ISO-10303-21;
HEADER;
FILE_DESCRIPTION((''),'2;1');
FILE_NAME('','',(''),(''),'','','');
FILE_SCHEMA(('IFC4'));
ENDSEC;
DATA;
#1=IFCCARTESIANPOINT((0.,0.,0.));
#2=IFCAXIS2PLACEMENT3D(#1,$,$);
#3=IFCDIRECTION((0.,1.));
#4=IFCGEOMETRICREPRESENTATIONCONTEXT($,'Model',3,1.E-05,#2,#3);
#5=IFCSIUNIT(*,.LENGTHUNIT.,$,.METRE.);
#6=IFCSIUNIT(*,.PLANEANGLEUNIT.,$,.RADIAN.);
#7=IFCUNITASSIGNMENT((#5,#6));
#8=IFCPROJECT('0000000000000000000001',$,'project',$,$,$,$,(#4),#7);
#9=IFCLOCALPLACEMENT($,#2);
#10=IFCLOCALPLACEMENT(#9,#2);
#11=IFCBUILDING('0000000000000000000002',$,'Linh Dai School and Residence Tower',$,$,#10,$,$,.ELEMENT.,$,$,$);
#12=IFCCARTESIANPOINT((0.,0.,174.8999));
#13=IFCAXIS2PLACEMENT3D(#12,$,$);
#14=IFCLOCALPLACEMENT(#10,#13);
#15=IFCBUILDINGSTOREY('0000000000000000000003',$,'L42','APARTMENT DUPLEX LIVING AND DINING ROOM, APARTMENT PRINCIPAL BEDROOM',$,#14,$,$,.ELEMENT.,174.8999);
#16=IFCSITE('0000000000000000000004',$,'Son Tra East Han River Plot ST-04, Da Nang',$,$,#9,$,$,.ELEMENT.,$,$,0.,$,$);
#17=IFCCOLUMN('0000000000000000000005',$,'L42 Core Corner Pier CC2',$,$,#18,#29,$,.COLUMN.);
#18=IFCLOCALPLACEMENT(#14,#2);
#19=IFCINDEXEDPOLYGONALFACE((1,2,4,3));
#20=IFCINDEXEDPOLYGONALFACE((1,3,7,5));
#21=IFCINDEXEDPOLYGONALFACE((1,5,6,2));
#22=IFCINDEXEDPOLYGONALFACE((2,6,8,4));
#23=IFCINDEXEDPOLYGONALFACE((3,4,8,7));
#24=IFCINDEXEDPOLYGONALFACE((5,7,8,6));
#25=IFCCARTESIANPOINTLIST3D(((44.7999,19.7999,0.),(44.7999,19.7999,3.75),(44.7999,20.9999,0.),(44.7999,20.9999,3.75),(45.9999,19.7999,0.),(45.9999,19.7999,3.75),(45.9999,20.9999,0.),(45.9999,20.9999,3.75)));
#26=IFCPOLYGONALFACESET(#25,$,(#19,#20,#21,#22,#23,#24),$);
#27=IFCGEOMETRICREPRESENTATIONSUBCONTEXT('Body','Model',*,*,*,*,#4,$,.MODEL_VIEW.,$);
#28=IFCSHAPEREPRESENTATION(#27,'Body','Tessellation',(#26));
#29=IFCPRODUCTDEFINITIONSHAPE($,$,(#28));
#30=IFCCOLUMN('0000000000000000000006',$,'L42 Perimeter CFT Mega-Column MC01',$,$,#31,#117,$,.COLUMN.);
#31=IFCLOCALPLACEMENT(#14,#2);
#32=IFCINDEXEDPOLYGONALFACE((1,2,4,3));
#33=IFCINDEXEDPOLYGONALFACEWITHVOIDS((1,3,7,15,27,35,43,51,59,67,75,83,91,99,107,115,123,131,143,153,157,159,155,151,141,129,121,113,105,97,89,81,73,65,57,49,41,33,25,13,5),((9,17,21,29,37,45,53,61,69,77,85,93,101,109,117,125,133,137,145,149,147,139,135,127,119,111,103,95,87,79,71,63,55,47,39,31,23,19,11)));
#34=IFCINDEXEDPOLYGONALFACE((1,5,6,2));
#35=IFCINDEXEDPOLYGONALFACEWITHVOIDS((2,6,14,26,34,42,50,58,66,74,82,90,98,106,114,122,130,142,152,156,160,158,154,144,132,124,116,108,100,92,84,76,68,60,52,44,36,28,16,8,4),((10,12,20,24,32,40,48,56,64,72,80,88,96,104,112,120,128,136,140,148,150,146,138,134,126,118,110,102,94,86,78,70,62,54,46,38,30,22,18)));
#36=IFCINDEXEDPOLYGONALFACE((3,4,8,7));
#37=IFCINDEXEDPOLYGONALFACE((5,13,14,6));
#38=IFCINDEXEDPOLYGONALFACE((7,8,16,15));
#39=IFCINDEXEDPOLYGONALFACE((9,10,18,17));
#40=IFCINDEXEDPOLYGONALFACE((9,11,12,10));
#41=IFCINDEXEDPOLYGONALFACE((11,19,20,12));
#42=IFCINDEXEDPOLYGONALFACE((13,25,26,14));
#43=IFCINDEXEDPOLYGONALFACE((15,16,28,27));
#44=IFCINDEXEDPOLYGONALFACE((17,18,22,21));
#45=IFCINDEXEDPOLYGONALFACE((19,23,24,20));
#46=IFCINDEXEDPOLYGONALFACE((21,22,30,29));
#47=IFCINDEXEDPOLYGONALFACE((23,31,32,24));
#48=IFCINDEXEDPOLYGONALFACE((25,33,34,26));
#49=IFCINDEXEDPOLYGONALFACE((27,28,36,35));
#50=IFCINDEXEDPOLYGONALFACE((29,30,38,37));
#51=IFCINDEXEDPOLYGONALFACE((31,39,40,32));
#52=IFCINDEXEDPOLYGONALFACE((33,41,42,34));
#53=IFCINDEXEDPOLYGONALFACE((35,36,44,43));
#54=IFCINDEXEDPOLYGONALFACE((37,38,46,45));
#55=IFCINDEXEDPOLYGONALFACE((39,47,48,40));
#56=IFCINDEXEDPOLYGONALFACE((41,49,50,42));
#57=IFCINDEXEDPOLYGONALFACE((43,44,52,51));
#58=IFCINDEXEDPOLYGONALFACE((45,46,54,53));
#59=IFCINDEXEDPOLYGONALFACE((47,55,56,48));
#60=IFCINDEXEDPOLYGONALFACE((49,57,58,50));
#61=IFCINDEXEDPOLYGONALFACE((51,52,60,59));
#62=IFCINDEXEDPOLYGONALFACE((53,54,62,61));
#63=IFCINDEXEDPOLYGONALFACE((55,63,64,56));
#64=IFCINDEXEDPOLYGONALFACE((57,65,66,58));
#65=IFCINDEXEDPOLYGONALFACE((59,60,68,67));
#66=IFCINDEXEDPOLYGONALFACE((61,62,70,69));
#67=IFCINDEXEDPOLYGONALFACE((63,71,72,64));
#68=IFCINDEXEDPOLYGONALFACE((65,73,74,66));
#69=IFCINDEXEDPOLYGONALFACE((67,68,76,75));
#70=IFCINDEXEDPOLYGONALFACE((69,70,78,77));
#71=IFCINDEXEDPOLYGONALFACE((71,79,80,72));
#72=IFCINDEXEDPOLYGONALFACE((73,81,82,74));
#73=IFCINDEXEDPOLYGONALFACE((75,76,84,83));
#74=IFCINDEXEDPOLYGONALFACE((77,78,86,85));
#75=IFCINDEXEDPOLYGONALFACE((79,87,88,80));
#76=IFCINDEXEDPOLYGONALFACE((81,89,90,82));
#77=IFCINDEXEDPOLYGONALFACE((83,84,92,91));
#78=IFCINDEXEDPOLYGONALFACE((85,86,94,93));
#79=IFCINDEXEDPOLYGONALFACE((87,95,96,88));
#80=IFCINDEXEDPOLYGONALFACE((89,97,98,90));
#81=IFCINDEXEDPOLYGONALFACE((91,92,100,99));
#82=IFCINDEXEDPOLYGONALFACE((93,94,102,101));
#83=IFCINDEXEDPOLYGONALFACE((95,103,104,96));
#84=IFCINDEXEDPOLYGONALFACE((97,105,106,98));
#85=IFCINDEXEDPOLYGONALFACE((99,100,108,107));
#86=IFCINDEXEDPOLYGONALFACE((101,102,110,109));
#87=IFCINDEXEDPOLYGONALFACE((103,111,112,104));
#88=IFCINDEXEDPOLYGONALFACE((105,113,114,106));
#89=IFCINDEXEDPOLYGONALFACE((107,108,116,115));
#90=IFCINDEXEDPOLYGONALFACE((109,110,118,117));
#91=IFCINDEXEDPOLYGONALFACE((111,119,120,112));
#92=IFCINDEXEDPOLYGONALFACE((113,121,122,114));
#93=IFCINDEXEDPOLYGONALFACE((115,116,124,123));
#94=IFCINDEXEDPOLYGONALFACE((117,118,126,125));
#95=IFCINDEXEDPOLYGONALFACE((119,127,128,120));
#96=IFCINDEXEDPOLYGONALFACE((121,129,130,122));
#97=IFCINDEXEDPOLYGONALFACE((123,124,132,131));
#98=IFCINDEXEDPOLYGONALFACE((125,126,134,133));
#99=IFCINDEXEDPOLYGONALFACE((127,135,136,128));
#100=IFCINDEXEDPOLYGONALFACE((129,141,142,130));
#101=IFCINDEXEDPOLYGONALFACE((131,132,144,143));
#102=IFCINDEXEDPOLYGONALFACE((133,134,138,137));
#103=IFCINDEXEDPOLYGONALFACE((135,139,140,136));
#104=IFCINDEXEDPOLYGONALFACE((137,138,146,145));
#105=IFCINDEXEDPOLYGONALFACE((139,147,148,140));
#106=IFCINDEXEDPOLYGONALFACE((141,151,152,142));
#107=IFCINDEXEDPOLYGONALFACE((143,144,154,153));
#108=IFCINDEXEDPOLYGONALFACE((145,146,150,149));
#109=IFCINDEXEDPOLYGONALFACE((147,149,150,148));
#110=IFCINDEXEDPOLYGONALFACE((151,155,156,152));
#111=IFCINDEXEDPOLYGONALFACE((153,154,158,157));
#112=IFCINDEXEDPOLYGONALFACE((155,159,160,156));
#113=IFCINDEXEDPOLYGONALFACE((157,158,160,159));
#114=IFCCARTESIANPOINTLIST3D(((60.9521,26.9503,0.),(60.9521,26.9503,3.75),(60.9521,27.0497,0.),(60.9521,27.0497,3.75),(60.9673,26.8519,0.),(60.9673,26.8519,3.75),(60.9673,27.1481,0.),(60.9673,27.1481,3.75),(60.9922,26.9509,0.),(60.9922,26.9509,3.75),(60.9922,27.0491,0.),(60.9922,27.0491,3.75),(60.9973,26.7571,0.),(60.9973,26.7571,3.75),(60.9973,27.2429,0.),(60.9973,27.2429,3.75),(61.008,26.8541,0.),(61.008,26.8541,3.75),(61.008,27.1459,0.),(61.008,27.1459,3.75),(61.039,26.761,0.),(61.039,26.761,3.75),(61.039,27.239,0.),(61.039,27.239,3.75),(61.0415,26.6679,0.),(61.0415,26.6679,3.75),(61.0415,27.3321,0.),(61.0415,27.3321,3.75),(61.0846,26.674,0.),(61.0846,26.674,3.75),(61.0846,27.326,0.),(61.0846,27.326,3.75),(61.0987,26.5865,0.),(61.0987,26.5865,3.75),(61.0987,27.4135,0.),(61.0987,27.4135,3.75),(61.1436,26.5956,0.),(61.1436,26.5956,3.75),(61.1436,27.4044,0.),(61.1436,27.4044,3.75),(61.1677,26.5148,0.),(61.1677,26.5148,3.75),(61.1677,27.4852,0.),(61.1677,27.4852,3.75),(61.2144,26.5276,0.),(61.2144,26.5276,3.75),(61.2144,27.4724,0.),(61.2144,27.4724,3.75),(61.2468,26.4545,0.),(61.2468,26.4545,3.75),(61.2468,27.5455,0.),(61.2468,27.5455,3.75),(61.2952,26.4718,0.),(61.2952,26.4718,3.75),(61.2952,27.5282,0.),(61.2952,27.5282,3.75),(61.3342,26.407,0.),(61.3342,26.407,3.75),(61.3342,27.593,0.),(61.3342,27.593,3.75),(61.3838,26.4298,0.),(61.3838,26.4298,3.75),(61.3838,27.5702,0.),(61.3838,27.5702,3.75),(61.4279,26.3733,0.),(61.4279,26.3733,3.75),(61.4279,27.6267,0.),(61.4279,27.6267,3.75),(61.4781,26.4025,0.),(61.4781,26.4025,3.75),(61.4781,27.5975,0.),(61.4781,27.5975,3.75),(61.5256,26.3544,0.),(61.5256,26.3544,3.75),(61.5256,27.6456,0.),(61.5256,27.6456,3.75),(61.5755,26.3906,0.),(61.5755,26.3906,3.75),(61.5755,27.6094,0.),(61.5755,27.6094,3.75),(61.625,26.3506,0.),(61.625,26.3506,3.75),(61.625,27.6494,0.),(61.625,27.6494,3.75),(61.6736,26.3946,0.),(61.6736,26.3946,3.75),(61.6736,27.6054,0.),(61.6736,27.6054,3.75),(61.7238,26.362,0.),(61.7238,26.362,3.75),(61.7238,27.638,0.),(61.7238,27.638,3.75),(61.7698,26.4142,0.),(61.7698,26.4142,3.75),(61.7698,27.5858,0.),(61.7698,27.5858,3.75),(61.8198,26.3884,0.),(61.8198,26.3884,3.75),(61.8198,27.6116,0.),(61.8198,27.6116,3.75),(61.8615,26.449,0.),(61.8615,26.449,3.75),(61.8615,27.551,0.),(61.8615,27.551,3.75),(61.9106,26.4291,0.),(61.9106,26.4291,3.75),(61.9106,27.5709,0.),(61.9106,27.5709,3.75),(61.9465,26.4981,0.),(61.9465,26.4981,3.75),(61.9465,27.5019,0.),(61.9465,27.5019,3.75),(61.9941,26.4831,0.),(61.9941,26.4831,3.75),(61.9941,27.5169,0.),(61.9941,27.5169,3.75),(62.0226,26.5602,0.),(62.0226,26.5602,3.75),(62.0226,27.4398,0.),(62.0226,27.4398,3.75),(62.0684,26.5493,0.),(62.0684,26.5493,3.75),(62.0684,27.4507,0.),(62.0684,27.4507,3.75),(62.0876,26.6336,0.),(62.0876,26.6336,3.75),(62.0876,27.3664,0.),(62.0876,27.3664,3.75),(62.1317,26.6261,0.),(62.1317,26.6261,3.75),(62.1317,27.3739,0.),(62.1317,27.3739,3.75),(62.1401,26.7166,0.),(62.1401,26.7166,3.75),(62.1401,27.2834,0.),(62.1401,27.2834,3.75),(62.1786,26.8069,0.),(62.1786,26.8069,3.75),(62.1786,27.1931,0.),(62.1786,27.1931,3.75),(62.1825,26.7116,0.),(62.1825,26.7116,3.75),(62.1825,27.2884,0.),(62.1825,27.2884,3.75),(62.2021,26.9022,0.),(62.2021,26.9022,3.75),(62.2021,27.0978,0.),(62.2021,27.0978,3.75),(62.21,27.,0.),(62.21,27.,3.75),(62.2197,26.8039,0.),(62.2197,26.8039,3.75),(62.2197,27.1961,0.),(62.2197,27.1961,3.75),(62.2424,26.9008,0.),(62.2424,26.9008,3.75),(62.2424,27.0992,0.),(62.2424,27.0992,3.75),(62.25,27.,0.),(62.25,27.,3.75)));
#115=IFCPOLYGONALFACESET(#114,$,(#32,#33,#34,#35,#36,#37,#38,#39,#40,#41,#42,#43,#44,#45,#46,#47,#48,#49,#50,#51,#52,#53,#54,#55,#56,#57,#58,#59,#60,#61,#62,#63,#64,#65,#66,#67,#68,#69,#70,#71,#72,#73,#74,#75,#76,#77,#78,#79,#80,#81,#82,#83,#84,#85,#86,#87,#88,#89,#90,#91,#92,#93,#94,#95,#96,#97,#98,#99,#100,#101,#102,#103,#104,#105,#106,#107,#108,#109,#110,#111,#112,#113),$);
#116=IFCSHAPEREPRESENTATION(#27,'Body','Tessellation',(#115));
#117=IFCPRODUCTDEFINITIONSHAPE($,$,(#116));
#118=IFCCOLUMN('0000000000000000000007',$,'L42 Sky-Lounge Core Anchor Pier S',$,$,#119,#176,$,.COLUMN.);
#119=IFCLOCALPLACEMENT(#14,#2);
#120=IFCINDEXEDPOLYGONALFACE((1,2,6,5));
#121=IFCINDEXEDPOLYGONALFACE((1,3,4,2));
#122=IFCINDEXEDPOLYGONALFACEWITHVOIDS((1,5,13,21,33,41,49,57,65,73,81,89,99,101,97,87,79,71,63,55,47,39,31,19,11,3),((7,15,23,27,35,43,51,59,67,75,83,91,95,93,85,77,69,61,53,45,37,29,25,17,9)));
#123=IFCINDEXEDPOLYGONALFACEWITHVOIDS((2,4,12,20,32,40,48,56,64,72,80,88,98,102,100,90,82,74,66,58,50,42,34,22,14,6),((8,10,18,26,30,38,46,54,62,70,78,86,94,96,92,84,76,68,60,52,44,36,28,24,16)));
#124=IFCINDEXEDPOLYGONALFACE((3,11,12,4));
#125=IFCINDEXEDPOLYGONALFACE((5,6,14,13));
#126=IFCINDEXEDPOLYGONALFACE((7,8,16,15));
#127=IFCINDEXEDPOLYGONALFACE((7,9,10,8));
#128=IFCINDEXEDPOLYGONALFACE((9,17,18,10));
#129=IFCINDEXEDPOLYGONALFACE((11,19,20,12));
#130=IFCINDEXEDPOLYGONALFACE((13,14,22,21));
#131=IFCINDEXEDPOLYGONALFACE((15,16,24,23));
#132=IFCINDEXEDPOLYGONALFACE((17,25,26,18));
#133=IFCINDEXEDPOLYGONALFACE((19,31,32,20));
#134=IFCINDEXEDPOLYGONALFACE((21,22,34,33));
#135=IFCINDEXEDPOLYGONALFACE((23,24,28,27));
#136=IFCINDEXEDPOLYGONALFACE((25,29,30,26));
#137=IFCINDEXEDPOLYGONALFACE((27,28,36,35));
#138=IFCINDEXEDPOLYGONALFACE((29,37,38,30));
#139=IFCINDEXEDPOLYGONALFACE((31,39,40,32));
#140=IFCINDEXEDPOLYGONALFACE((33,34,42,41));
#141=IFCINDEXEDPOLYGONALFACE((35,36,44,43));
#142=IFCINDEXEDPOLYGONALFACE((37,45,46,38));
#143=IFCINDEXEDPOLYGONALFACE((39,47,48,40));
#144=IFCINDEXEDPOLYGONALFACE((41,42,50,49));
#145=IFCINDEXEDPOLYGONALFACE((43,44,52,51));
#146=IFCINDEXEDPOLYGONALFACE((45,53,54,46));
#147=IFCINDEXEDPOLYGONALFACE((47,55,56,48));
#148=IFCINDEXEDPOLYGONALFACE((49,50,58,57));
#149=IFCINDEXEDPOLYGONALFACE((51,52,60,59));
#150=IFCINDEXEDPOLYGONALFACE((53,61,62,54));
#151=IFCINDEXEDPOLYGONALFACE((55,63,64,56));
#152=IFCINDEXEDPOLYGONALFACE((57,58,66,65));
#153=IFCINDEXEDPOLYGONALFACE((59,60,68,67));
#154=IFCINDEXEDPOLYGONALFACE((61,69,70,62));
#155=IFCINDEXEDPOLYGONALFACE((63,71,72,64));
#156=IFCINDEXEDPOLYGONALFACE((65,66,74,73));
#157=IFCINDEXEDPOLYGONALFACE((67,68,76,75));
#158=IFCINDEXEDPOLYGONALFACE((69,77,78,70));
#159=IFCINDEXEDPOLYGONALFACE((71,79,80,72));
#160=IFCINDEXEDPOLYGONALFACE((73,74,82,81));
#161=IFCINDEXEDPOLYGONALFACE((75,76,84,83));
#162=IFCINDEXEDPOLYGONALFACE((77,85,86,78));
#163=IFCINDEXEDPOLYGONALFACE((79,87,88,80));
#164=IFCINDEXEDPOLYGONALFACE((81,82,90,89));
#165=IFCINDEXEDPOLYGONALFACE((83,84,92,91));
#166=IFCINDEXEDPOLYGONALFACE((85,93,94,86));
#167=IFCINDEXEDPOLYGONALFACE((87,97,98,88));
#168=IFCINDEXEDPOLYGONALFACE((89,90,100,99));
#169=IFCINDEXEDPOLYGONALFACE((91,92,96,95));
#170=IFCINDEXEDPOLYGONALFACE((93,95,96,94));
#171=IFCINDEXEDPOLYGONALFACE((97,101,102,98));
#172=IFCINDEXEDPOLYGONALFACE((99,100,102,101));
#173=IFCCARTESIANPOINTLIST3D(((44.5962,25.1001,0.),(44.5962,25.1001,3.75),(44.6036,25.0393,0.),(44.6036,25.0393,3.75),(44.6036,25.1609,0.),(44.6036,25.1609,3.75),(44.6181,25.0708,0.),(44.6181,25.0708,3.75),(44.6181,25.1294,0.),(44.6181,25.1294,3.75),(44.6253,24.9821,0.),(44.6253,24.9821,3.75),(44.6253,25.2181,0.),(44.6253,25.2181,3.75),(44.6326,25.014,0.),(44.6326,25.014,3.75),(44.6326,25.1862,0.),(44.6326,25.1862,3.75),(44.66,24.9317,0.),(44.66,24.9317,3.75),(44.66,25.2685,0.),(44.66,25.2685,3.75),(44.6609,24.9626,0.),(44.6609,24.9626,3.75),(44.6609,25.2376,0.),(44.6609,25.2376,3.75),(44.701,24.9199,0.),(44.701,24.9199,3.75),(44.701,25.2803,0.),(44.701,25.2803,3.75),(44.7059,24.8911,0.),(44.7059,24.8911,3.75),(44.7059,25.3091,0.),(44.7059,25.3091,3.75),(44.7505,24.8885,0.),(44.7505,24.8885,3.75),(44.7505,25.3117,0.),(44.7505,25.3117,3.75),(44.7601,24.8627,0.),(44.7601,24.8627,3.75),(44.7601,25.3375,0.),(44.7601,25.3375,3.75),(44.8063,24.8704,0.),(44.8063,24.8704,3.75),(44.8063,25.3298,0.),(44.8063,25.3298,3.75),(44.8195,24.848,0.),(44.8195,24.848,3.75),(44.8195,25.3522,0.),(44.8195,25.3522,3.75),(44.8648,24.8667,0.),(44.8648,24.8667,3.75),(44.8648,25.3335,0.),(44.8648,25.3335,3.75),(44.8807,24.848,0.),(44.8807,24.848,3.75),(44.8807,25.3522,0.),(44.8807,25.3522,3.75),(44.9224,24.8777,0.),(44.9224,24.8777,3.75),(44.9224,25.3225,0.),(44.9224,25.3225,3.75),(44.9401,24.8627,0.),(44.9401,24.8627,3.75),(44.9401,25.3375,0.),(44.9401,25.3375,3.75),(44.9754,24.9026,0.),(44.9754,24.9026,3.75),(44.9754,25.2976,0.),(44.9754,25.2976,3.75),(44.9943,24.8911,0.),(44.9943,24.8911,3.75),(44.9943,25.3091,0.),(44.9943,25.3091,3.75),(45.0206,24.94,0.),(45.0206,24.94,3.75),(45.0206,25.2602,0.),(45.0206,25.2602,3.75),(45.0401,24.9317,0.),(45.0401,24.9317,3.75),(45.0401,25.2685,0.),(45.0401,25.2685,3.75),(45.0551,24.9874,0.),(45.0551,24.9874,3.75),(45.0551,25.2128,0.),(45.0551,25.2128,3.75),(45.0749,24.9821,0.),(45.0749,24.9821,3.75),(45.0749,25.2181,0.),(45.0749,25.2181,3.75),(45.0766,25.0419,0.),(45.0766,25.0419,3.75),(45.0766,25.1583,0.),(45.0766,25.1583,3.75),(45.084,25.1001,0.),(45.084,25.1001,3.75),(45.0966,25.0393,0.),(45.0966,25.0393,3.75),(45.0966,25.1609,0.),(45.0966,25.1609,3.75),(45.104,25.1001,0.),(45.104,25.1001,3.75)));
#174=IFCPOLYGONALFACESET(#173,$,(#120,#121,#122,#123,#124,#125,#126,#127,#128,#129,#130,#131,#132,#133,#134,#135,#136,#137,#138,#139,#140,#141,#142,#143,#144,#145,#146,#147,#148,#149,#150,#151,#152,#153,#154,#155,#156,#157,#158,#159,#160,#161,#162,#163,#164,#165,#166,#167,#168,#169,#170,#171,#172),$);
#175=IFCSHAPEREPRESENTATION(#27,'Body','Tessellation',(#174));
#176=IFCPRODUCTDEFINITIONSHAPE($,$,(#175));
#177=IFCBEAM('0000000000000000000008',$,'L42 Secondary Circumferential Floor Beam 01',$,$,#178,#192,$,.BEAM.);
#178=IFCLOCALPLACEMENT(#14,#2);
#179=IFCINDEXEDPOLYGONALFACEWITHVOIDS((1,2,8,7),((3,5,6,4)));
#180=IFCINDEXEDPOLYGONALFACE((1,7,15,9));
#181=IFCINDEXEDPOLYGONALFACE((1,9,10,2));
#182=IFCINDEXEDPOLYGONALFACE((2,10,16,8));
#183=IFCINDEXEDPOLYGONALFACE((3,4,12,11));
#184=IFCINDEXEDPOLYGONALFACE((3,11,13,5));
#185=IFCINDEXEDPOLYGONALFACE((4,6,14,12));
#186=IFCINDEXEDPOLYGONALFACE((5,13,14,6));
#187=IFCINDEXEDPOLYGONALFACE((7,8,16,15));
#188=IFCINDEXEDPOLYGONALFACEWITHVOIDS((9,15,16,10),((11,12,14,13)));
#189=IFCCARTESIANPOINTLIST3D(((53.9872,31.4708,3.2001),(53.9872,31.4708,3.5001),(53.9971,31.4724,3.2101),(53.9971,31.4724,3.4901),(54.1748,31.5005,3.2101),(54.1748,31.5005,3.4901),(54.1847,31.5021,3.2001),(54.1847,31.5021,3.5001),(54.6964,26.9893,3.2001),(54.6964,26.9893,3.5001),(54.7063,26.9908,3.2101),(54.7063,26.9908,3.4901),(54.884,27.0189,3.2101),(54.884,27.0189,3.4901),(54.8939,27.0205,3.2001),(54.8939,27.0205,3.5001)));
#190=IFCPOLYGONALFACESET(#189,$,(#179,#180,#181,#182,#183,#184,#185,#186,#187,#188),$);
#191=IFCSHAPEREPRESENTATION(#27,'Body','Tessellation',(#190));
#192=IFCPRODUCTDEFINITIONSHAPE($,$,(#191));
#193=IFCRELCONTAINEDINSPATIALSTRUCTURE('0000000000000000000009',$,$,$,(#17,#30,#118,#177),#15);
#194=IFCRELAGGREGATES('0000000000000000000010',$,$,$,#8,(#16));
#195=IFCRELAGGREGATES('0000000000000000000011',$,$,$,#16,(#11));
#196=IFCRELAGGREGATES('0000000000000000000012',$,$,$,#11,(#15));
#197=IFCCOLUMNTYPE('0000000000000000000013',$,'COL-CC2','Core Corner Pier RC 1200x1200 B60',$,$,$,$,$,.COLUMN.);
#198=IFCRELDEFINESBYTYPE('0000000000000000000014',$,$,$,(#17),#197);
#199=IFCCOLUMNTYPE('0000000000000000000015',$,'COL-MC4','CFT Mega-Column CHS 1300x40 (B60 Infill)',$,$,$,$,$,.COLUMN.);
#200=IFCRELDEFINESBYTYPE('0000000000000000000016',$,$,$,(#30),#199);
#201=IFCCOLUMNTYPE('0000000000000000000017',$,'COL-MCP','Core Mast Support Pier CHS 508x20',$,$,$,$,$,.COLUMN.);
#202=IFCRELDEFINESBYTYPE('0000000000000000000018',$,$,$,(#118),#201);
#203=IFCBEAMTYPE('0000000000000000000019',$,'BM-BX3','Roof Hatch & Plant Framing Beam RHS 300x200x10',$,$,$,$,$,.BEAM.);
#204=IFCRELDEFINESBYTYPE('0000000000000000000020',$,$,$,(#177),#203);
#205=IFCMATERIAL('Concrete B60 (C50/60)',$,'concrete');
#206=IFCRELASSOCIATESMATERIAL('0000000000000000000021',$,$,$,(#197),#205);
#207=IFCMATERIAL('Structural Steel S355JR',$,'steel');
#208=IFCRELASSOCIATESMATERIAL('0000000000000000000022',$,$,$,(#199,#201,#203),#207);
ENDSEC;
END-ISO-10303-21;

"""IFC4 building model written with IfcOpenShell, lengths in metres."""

from ifc_helpers import new_model, si_unit, direction, frame, origin, origin_2d, place, context, subcontext, project, spatial, rectangle, hollow_rectangle, hollow_circle, extrude, material, material_profile, profile_set, type_object, element, save


model = new_model("IFC4")

# Units and contexts
model_context = context("Model", 3, precision=1e-05, world=origin(), true_north=direction((0.0, 1.0)))
body_context = subcontext(model_context, "Body", "Model", "MODEL_VIEW")
ifc_project = project(units=[si_unit("LENGTHUNIT", "METRE"), si_unit("PLANEANGLEUNIT", "RADIAN")], contexts=[model_context])

# Site, building, storey
site_placement = place(None, origin())
site = spatial("IfcSite", under=ifc_project, at=site_placement, Name="Son Tra East Han River Plot ST-04, Da Nang", CompositionType="ELEMENT", RefElevation=0.0)
building_placement = place(site_placement, origin())
building = spatial("IfcBuilding", under=site, at=building_placement, Name="Linh Dai School and Residence Tower", CompositionType="ELEMENT")
storey_placement = place(building_placement, frame((0.0, 0.0, 174.8999)))
storey = spatial("IfcBuildingStorey", under=building, at=storey_placement, Name="L42", Description="APARTMENT DUPLEX LIVING AND DINING ROOM, APARTMENT PRINCIPAL BEDROOM", CompositionType="ELEMENT", Elevation=174.8999)

# Columns
ifc_material_1 = material(Name="Concrete B60 (C50/60)", Category="concrete")
ifc_material_profile_1 = material_profile(ifc_material_1, rectangle(XDim=1.2, YDim=1.2, at=origin_2d()), Name="RC 1200x1200")
ifc_profile_set_1 = profile_set([ifc_material_profile_1], Name="Concrete B60 (C50/60)")
column_type_1 = type_object("IfcColumnType", Name="COL-CC2", Description="Core Corner Pier RC 1200x1200 B60", PredefinedType="COLUMN", material=ifc_profile_set_1)
column_1_placement = place(storey_placement, frame((45.3999, 20.3999, 0.0), z_axis=(0.0, 0.0, 1.0), x_axis=(1.0, 0.0, 0.0)))
element("IfcColumn", 1, at=column_1_placement, inside=storey, type_object=column_type_1, Name="L42 Core Corner Pier CC2", PredefinedType="COLUMN", context=body_context, shape_type="SweptSolid", body=[
    extrude(rectangle(XDim=1.2, YDim=1.2, at=origin_2d()), origin(), (0.0, 0.0, 1.0), 3.75),
])
ifc_material_2 = material(Name="Structural Steel S355JR", Category="steel")
ifc_material_profile_2 = material_profile(ifc_material_2, hollow_circle(Radius=0.6499, WallThickness=0.04, at=origin_2d()), Name="CHS 1300x40")
ifc_profile_set_2 = profile_set([ifc_material_profile_2], Name="Structural Steel S355JR")
column_type_2 = type_object("IfcColumnType", Name="COL-MC4", Description="CFT Mega-Column CHS 1300x40 (B60 Infill)", PredefinedType="COLUMN", material=ifc_profile_set_2)
column_2_placement = place(storey_placement, frame((61.6001, 27.0, 0.0), z_axis=(0.0, 0.0, 1.0), x_axis=(1.0, 0.0, 0.0)))
element("IfcColumn", 2, at=column_2_placement, inside=storey, type_object=column_type_2, Name="L42 Perimeter CFT Mega-Column MC01", PredefinedType="COLUMN", context=body_context, shape_type="SweptSolid", body=[
    extrude(hollow_circle(Radius=0.6499, WallThickness=0.04, at=origin_2d()), origin(), (0.0, 0.0, 1.0), 3.75),
])
ifc_material_profile_3 = material_profile(ifc_material_2, hollow_circle(Radius=0.2539, WallThickness=0.02, at=origin_2d()), Name="CHS 508x20")
ifc_profile_set_3 = profile_set([ifc_material_profile_3], Name="Structural Steel S355JR")
column_type_3 = type_object("IfcColumnType", Name="COL-MCP", Description="Core Mast Support Pier CHS 508x20", PredefinedType="COLUMN", material=ifc_profile_set_3)
column_3_placement = place(storey_placement, frame((44.8501, 25.1001, 0.0), z_axis=(0.0, 0.0, 1.0), x_axis=(1.0, 0.0, 0.0)))
element("IfcColumn", 3, at=column_3_placement, inside=storey, type_object=column_type_3, Name="L42 Sky-Lounge Core Anchor Pier S", PredefinedType="COLUMN", context=body_context, shape_type="SweptSolid", body=[
    extrude(hollow_circle(Radius=0.2539, WallThickness=0.02, at=origin_2d()), origin(), (0.0, 0.0, 1.0), 3.75),
])

# Beam
ifc_material_profile_4 = material_profile(ifc_material_2, hollow_rectangle(XDim=0.2, YDim=0.3, WallThickness=0.01, at=origin_2d()), Name="RHS 300x200x10")
ifc_profile_set_4 = profile_set([ifc_material_profile_4], Name="Structural Steel S355JR")
beam_type_1 = type_object("IfcBeamType", Name="BM-BX3", Description="Roof Hatch & Plant Framing Beam RHS 300x200x10", PredefinedType="BEAM", material=ifc_profile_set_4)
beam_1_placement = place(storey_placement, frame((54.7952, 27.0049, 3.3501), z_axis=(-0.156305, 0.987709, 0.0), x_axis=(-0.987709, -0.156305, 0.0)))
element("IfcBeam", 4, at=beam_1_placement, inside=storey, type_object=beam_type_1, Name="L42 Secondary Circumferential Floor Beam 01", PredefinedType="BEAM", context=body_context, shape_type="SweptSolid", body=[
    extrude(hollow_rectangle(XDim=0.2, YDim=0.3, WallThickness=0.01, at=origin_2d()), origin(), (0.0, 0.0, 1.0), 4.5374),
])

save(model, "model.ifc")
